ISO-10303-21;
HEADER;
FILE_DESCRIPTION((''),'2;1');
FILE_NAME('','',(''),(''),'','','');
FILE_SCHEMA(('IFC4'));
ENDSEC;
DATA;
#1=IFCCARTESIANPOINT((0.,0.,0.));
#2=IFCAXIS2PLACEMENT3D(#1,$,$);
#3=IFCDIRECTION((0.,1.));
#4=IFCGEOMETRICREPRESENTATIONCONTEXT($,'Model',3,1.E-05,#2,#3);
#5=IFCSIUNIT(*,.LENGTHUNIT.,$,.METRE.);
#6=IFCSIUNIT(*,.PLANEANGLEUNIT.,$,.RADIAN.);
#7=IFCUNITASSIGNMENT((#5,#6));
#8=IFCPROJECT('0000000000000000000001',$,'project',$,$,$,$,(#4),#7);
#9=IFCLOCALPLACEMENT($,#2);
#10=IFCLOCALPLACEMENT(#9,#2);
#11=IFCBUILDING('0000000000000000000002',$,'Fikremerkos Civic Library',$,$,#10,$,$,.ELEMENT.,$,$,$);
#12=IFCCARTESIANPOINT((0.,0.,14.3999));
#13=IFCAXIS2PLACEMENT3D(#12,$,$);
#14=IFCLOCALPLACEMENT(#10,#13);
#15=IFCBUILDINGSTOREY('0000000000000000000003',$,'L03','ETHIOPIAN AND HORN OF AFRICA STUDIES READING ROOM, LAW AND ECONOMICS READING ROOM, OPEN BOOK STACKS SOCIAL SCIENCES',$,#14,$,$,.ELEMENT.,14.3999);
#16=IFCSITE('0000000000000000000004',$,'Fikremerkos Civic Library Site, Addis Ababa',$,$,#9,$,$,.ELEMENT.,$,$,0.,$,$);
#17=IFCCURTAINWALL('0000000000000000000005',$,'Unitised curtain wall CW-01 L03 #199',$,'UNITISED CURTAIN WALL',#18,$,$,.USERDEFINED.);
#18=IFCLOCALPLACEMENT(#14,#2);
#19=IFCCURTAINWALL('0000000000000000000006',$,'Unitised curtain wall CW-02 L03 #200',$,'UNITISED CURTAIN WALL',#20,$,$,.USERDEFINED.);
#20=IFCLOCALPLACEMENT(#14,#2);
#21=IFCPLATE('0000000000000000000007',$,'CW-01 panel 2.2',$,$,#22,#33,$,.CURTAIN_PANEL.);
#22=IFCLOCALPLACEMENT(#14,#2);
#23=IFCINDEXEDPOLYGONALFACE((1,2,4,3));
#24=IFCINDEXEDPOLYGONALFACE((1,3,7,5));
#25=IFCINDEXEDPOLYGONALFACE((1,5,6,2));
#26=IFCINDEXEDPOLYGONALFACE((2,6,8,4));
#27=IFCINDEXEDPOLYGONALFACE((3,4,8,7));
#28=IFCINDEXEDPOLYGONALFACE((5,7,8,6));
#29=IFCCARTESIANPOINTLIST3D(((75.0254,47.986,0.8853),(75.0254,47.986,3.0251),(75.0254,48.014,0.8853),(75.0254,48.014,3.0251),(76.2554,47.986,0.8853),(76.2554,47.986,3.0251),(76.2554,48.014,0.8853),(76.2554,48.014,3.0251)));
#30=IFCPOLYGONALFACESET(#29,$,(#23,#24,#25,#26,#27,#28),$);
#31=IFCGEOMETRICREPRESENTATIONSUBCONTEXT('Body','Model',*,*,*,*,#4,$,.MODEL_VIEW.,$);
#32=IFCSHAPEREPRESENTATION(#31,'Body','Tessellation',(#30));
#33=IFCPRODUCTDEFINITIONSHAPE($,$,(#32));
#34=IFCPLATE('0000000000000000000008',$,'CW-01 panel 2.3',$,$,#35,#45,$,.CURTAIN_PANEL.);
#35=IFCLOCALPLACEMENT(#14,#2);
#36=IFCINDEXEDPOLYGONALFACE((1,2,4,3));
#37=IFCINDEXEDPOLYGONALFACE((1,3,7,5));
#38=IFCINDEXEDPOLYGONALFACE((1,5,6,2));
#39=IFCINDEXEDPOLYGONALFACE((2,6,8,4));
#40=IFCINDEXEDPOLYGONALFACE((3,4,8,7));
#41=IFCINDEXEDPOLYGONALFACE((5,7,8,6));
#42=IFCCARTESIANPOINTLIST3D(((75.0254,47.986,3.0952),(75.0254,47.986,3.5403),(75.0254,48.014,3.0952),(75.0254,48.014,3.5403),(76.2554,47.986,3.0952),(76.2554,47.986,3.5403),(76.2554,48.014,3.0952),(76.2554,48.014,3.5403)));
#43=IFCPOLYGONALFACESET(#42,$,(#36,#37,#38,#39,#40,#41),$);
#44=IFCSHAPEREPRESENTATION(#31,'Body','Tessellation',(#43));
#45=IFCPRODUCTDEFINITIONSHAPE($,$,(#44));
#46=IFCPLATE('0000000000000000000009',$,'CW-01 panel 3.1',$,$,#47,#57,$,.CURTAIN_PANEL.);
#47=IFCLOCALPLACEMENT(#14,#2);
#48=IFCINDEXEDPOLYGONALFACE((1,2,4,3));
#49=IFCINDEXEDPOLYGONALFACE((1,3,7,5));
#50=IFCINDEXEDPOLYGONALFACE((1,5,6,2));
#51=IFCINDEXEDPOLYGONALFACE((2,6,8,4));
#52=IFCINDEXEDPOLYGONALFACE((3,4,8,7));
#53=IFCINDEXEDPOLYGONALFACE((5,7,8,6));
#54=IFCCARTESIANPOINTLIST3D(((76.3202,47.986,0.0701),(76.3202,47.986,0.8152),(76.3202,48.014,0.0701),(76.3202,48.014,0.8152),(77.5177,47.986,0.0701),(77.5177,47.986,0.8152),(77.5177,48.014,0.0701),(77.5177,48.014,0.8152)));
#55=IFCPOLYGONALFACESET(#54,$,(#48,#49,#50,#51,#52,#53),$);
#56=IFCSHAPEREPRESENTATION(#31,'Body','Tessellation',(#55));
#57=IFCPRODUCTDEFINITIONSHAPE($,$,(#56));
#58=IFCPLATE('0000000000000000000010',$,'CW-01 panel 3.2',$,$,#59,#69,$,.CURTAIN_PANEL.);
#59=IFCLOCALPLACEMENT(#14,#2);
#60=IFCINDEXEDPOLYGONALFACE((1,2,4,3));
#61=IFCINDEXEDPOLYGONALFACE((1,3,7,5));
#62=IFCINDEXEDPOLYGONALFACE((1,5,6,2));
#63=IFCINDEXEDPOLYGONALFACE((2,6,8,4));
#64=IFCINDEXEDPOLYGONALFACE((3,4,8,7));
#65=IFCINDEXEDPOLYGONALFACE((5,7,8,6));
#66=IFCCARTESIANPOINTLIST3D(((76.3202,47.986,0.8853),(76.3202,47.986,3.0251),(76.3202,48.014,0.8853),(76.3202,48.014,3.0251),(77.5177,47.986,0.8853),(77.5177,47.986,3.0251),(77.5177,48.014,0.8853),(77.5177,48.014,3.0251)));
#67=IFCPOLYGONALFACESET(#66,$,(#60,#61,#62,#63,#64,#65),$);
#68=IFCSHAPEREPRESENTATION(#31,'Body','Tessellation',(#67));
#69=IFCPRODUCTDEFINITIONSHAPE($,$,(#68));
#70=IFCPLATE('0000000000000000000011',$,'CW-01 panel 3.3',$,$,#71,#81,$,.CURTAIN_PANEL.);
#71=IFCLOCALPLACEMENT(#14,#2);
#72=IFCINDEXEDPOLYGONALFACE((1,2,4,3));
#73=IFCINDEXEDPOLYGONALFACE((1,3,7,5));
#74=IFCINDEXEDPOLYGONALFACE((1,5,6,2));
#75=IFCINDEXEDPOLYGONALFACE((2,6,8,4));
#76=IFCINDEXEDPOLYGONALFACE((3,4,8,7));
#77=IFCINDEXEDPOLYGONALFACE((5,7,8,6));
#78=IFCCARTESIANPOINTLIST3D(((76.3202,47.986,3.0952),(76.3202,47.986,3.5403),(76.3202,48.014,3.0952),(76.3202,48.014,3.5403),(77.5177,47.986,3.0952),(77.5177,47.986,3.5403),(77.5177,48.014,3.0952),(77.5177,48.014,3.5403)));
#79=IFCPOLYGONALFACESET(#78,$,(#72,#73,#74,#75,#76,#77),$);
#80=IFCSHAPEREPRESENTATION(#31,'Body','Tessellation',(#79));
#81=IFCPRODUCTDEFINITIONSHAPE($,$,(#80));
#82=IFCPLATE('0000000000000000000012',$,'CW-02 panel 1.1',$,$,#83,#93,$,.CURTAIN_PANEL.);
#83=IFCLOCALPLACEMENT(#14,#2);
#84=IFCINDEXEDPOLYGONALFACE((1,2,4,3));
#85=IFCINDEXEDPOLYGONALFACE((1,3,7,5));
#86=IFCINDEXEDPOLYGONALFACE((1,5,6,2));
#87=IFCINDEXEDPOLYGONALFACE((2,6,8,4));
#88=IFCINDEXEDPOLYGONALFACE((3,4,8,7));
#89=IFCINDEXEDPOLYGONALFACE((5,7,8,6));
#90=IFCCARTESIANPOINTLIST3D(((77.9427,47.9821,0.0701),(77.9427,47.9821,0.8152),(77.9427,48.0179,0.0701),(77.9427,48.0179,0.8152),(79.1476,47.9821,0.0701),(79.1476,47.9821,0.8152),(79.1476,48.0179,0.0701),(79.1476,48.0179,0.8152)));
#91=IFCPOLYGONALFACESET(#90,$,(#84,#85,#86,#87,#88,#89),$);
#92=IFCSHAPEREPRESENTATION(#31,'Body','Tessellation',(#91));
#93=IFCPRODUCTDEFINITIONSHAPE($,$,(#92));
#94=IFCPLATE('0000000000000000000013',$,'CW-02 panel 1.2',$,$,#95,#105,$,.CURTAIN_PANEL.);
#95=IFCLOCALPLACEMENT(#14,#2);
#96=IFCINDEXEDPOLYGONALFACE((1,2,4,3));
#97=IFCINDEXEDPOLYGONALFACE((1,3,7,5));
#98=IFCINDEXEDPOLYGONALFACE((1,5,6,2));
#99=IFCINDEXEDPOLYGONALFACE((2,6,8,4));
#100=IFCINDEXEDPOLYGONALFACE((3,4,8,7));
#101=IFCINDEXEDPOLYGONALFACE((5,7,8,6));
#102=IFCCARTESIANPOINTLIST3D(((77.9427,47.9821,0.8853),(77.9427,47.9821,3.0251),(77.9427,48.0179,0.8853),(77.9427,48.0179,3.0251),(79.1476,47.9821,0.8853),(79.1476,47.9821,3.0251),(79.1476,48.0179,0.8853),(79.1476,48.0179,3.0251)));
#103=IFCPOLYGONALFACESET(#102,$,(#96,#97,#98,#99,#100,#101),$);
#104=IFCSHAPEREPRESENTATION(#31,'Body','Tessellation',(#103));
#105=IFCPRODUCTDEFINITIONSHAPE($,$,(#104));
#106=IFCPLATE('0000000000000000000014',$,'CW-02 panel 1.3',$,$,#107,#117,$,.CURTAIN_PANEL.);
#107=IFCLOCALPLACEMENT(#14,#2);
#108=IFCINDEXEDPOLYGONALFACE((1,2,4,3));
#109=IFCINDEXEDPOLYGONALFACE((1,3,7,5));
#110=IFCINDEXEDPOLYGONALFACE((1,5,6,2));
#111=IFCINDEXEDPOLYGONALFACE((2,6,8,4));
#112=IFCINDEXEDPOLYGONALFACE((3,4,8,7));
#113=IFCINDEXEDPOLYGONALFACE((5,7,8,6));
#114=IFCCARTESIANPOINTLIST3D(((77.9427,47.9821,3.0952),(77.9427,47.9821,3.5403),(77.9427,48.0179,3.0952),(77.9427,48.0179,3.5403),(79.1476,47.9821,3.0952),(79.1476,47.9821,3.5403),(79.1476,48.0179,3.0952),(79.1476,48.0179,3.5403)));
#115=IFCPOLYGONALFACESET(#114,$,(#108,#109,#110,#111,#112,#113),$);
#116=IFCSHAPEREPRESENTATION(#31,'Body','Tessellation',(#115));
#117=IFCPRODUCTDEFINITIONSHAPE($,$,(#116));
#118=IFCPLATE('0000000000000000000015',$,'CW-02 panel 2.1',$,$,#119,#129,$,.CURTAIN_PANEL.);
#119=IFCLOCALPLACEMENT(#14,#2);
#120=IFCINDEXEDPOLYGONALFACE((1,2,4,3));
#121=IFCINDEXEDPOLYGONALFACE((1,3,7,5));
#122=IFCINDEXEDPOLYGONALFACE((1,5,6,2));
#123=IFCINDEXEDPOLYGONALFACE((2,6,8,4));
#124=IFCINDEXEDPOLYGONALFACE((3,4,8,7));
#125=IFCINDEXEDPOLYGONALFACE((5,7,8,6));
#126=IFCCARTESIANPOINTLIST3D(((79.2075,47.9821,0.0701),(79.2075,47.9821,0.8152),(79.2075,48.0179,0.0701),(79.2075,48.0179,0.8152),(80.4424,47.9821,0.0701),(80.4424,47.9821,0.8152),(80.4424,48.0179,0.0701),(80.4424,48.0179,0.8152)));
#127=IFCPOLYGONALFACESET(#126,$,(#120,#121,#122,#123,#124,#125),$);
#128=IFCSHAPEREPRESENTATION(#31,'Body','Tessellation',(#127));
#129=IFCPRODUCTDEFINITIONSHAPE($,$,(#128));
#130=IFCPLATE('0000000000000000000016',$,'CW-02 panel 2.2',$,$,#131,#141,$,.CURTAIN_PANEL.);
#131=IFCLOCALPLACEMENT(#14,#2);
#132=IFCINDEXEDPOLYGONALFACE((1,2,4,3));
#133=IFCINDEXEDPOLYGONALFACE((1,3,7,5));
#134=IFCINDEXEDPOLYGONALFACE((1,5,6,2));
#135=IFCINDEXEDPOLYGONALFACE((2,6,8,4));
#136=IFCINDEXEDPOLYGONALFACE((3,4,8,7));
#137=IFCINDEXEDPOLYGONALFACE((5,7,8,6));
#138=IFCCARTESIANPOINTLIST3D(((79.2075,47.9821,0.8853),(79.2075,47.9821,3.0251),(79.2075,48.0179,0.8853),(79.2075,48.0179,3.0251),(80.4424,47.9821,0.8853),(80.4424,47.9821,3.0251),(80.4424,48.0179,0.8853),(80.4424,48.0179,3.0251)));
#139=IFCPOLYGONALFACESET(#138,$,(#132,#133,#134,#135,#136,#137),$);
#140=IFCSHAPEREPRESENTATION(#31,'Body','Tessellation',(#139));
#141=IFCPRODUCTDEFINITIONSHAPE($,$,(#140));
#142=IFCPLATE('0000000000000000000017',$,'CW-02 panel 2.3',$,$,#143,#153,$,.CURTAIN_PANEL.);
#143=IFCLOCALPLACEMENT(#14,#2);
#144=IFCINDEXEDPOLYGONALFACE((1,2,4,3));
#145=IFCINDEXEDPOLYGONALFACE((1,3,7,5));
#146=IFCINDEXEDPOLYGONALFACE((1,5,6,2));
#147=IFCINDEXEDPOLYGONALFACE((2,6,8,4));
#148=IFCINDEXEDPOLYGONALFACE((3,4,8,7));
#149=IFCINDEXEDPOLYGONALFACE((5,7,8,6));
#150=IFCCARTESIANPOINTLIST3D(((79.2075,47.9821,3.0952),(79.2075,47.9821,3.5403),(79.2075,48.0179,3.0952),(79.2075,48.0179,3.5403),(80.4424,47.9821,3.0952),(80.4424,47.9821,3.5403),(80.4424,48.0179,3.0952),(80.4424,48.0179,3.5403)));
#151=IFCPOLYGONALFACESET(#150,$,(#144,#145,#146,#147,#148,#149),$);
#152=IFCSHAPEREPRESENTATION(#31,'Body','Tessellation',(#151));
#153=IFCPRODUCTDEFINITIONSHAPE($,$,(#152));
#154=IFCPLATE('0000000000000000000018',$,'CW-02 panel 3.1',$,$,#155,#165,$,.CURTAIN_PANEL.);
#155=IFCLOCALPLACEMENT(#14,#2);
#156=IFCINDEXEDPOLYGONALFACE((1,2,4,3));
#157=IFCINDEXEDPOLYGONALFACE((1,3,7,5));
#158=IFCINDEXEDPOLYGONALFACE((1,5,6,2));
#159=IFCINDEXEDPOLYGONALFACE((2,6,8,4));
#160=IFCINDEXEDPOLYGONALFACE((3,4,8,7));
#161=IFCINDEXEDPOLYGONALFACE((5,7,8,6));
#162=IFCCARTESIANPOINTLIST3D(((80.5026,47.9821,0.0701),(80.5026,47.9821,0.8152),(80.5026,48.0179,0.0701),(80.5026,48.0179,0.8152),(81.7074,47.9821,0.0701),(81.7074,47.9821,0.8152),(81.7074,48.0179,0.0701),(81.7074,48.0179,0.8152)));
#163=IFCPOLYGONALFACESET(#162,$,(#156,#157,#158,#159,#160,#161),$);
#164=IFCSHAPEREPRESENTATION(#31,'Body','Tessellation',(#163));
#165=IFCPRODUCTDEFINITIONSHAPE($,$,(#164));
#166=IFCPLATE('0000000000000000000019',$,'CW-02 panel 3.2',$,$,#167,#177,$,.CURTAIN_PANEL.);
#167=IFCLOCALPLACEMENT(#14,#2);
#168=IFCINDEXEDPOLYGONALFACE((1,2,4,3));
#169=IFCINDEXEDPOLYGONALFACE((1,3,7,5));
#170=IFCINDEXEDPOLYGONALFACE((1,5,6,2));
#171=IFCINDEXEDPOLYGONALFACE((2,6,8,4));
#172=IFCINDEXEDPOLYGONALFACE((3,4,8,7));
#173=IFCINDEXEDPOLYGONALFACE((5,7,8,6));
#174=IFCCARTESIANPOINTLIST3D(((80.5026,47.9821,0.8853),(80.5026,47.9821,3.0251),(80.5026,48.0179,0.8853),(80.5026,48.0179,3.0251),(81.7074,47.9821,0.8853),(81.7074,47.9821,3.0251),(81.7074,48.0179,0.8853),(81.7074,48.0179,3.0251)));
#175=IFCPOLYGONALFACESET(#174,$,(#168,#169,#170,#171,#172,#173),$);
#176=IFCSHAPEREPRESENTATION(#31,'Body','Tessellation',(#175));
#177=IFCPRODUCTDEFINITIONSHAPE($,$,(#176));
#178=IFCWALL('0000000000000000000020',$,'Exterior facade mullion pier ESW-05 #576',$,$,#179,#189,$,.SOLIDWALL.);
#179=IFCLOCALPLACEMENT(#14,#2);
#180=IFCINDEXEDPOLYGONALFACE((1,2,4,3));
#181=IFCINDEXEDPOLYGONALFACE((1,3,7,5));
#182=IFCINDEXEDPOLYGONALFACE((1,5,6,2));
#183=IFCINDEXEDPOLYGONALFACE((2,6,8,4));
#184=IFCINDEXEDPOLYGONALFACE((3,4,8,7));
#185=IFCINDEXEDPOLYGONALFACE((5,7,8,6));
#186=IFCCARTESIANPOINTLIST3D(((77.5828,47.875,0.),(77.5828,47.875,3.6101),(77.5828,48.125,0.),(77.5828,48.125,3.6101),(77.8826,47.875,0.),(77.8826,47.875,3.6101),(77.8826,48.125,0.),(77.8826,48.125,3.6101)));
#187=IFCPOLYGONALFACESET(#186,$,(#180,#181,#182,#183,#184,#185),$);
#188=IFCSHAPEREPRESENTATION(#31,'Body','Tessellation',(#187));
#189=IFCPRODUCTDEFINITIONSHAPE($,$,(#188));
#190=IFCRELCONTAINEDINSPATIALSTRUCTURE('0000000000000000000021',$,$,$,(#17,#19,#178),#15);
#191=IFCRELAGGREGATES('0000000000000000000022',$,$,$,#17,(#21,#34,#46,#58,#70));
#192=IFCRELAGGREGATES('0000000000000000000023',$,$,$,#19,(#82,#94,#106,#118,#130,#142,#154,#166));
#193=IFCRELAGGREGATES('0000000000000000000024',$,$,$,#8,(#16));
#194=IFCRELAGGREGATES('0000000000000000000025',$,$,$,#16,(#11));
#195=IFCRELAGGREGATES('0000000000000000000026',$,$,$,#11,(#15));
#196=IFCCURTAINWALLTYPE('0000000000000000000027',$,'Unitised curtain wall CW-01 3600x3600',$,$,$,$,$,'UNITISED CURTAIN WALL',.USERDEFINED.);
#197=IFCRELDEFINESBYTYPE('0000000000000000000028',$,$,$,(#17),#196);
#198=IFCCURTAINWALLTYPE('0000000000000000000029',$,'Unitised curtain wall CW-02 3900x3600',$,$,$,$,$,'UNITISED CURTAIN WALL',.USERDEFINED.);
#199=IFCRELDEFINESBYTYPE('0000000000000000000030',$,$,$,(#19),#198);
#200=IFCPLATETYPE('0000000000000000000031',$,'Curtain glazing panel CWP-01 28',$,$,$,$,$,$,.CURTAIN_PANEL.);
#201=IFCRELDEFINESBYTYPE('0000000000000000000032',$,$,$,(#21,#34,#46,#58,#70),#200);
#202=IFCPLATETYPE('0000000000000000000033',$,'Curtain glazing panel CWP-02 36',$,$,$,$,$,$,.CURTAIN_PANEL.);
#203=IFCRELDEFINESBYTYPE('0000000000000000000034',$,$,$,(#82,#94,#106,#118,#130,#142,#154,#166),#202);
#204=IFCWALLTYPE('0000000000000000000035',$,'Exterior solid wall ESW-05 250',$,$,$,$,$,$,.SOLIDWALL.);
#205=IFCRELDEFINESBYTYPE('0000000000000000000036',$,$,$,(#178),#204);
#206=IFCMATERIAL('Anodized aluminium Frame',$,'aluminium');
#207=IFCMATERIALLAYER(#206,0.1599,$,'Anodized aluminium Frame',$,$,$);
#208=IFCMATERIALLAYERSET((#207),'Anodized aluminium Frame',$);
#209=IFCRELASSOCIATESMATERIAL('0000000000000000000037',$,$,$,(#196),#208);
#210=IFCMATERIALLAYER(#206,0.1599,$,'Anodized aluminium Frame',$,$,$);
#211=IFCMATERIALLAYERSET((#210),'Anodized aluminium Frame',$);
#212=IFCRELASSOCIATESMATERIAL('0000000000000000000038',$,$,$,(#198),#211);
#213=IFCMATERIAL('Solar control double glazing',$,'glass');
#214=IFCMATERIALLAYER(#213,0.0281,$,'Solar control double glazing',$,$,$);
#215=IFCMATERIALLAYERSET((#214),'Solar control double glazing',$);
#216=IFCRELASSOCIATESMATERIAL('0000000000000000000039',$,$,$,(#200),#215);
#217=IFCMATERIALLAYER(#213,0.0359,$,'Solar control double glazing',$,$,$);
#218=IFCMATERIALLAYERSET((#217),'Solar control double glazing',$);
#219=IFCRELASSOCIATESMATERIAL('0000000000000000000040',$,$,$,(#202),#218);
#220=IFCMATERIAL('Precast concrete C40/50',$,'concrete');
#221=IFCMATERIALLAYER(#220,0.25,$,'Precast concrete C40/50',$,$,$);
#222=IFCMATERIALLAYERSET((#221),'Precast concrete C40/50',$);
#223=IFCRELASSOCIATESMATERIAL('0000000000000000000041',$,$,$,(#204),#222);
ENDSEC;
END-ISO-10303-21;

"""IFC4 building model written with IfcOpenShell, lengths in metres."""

from ifc_helpers import new_model, si_unit, direction, frame, frame_2d, origin, origin_2d, place, context, subcontext, project, spatial, rectangle, extrude, material, layer, layer_set, type_object, element, aggregate, save


model = new_model("IFC4")

# Units and contexts
model_context = context("Model", 3, precision=1e-05, world=origin(), true_north=direction((0.0, 1.0)))
body_context = subcontext(model_context, "Body", "Model", "MODEL_VIEW")
ifc_project = project(units=[si_unit("LENGTHUNIT", "METRE"), si_unit("PLANEANGLEUNIT", "RADIAN")], contexts=[model_context])

# Site, building, storey
site_placement = place(None, origin())
site = spatial("IfcSite", under=ifc_project, at=site_placement, Name="Fikremerkos Civic Library Site, Addis Ababa", CompositionType="ELEMENT", RefElevation=0.0)
building_placement = place(site_placement, origin())
building = spatial("IfcBuilding", under=site, at=building_placement, Name="Fikremerkos Civic Library", CompositionType="ELEMENT")
storey_placement = place(building_placement, frame((0.0, 0.0, 14.3999)))
storey = spatial("IfcBuildingStorey", under=building, at=storey_placement, Name="L03", Description="ETHIOPIAN AND HORN OF AFRICA STUDIES READING ROOM, LAW AND ECONOMICS READING ROOM, OPEN BOOK STACKS SOCIAL SCIENCES", CompositionType="ELEMENT", Elevation=14.3999)

# Curtain walls
ifc_material_1 = material(Name="Anodized aluminium Frame", Category="aluminium")
ifc_layer_1 = layer(ifc_material_1, 0.1599, Name="Anodized aluminium Frame")
ifc_layer_set_1 = layer_set([ifc_layer_1], Name="Anodized aluminium Frame")
curtain_wall_type_1 = type_object("IfcCurtainWallType", Name="Unitised curtain wall CW-01 3600x3600", ElementType="UNITISED CURTAIN WALL", PredefinedType="USERDEFINED", material=ifc_layer_set_1)
curtain_wall_1_placement = place(storey_placement, origin())
curtain_wall_1 = element("IfcCurtainWall", 1, at=curtain_wall_1_placement, inside=storey, type_object=curtain_wall_type_1, Name="Unitised curtain wall CW-01 L03 #199", ObjectType="UNITISED CURTAIN WALL", PredefinedType="USERDEFINED")
ifc_layer_2 = layer(ifc_material_1, 0.1599, Name="Anodized aluminium Frame")
ifc_layer_set_2 = layer_set([ifc_layer_2], Name="Anodized aluminium Frame")
curtain_wall_type_2 = type_object("IfcCurtainWallType", Name="Unitised curtain wall CW-02 3900x3600", ElementType="UNITISED CURTAIN WALL", PredefinedType="USERDEFINED", material=ifc_layer_set_2)
curtain_wall_2_placement = place(storey_placement, origin())
curtain_wall_2 = element("IfcCurtainWall", 2, at=curtain_wall_2_placement, inside=storey, type_object=curtain_wall_type_2, Name="Unitised curtain wall CW-02 L03 #200", ObjectType="UNITISED CURTAIN WALL", PredefinedType="USERDEFINED")

# Plates
ifc_material_2 = material(Name="Solar control double glazing", Category="glass")
ifc_layer_3 = layer(ifc_material_2, 0.0281, Name="Solar control double glazing")
ifc_layer_set_3 = layer_set([ifc_layer_3], Name="Solar control double glazing")
plate_type_1 = type_object("IfcPlateType", Name="Curtain glazing panel CWP-01 28", PredefinedType="CURTAIN_PANEL", material=ifc_layer_set_3)
plate_1_placement = place(storey_placement, frame((75.6404, 48.0, 0.8853), z_axis=(0.0, 0.0, 1.0), x_axis=(1.0, 0.0, 0.0)))
plate_1 = element("IfcPlate", 3, at=plate_1_placement, type_object=plate_type_1, Name="CW-01 panel 2.2", PredefinedType="CURTAIN_PANEL", context=body_context, shape_type="SweptSolid", body=[
    extrude(rectangle(XDim=1.23, YDim=0.0281, at=origin_2d()), origin(), (0.0, 0.0, 1.0), 2.1399),
])
plate_2_placement = place(storey_placement, frame((75.6404, 48.0, 3.0952), z_axis=(0.0, 0.0, 1.0), x_axis=(1.0, 0.0, 0.0)))
plate_2 = element("IfcPlate", 4, at=plate_2_placement, type_object=plate_type_1, Name="CW-01 panel 2.3", PredefinedType="CURTAIN_PANEL", context=body_context, shape_type="SweptSolid", body=[
    extrude(rectangle(XDim=1.23, YDim=0.0281, at=origin_2d()), origin(), (0.0, 0.0, 1.0), 0.4451),
])
plate_3_placement = place(storey_placement, frame((76.9189, 48.0, 0.0701), z_axis=(0.0, 0.0, 1.0), x_axis=(1.0, 0.0, 0.0)))
plate_3 = element("IfcPlate", 5, at=plate_3_placement, type_object=plate_type_1, Name="CW-01 panel 3.1", PredefinedType="CURTAIN_PANEL", context=body_context, shape_type="SweptSolid", body=[
    extrude(rectangle(XDim=1.1975, YDim=0.0281, at=origin_2d()), origin(), (0.0, 0.0, 1.0), 0.7451),
])
plate_4_placement = place(storey_placement, frame((76.9189, 48.0, 0.8853), z_axis=(0.0, 0.0, 1.0), x_axis=(1.0, 0.0, 0.0)))
plate_4 = element("IfcPlate", 6, at=plate_4_placement, type_object=plate_type_1, Name="CW-01 panel 3.2", PredefinedType="CURTAIN_PANEL", context=body_context, shape_type="SweptSolid", body=[
    extrude(rectangle(XDim=1.1975, YDim=0.0281, at=origin_2d()), origin(), (0.0, 0.0, 1.0), 2.1399),
])
plate_5_placement = place(storey_placement, frame((76.9189, 48.0, 3.0952), z_axis=(0.0, 0.0, 1.0), x_axis=(1.0, 0.0, 0.0)))
plate_5 = element("IfcPlate", 7, at=plate_5_placement, type_object=plate_type_1, Name="CW-01 panel 3.3", PredefinedType="CURTAIN_PANEL", context=body_context, shape_type="SweptSolid", body=[
    extrude(rectangle(XDim=1.1975, YDim=0.0281, at=origin_2d()), origin(), (0.0, 0.0, 1.0), 0.4451),
])
aggregate(curtain_wall_1, [plate_1, plate_2, plate_3, plate_4, plate_5])
ifc_layer_4 = layer(ifc_material_2, 0.0359, Name="Solar control double glazing")
ifc_layer_set_4 = layer_set([ifc_layer_4], Name="Solar control double glazing")
plate_type_2 = type_object("IfcPlateType", Name="Curtain glazing panel CWP-02 36", PredefinedType="CURTAIN_PANEL", material=ifc_layer_set_4)
plate_6_placement = place(storey_placement, frame((78.5452, 48.0, 0.0701), z_axis=(0.0, 0.0, 1.0), x_axis=(1.0, 0.0, 0.0)))
plate_6 = element("IfcPlate", 8, at=plate_6_placement, type_object=plate_type_2, Name="CW-02 panel 1.1", PredefinedType="CURTAIN_PANEL", context=body_context, shape_type="SweptSolid", body=[
    extrude(rectangle(XDim=1.2048, YDim=0.0359, at=origin_2d()), origin(), (0.0, 0.0, 1.0), 0.7451),
])
plate_7_placement = place(storey_placement, frame((78.5452, 48.0, 0.8853), z_axis=(0.0, 0.0, 1.0), x_axis=(1.0, 0.0, 0.0)))
plate_7 = element("IfcPlate", 9, at=plate_7_placement, type_object=plate_type_2, Name="CW-02 panel 1.2", PredefinedType="CURTAIN_PANEL", context=body_context, shape_type="SweptSolid", body=[
    extrude(rectangle(XDim=1.2048, YDim=0.0359, at=origin_2d()), origin(), (0.0, 0.0, 1.0), 2.1399),
])
plate_8_placement = place(storey_placement, frame((78.5452, 48.0, 3.0952), z_axis=(0.0, 0.0, 1.0), x_axis=(1.0, 0.0, 0.0)))
plate_8 = element("IfcPlate", 10, at=plate_8_placement, type_object=plate_type_2, Name="CW-02 panel 1.3", PredefinedType="CURTAIN_PANEL", context=body_context, shape_type="SweptSolid", body=[
    extrude(rectangle(XDim=1.2048, YDim=0.0359, at=origin_2d()), origin(), (0.0, 0.0, 1.0), 0.4451),
])
plate_9_placement = place(storey_placement, frame((79.825, 48.0, 0.0701), z_axis=(0.0, 0.0, 1.0), x_axis=(1.0, 0.0, 0.0)))
plate_9 = element("IfcPlate", 11, at=plate_9_placement, type_object=plate_type_2, Name="CW-02 panel 2.1", PredefinedType="CURTAIN_PANEL", context=body_context, shape_type="SweptSolid", body=[
    extrude(rectangle(XDim=1.2349, YDim=0.0359, at=origin_2d()), origin(), (0.0, 0.0, 1.0), 0.7451),
])
plate_10_placement = place(storey_placement, frame((79.825, 48.0, 0.8853), z_axis=(0.0, 0.0, 1.0), x_axis=(1.0, 0.0, 0.0)))
plate_10 = element("IfcPlate", 12, at=plate_10_placement, type_object=plate_type_2, Name="CW-02 panel 2.2", PredefinedType="CURTAIN_PANEL", context=body_context, shape_type="SweptSolid", body=[
    extrude(rectangle(XDim=1.2349, YDim=0.0359, at=origin_2d()), origin(), (0.0, 0.0, 1.0), 2.1399),
])
plate_11_placement = place(storey_placement, frame((79.825, 48.0, 3.0952), z_axis=(0.0, 0.0, 1.0), x_axis=(1.0, 0.0, 0.0)))
plate_11 = element("IfcPlate", 13, at=plate_11_placement, type_object=plate_type_2, Name="CW-02 panel 2.3", PredefinedType="CURTAIN_PANEL", context=body_context, shape_type="SweptSolid", body=[
    extrude(rectangle(XDim=1.2349, YDim=0.0359, at=origin_2d()), origin(), (0.0, 0.0, 1.0), 0.4451),
])
plate_12_placement = place(storey_placement, frame((81.105, 48.0, 0.0701), z_axis=(0.0, 0.0, 1.0), x_axis=(1.0, 0.0, 0.0)))
plate_12 = element("IfcPlate", 14, at=plate_12_placement, type_object=plate_type_2, Name="CW-02 panel 3.1", PredefinedType="CURTAIN_PANEL", context=body_context, shape_type="SweptSolid", body=[
    extrude(rectangle(XDim=1.2048, YDim=0.0359, at=origin_2d()), origin(), (0.0, 0.0, 1.0), 0.7451),
])
plate_13_placement = place(storey_placement, frame((81.105, 48.0, 0.8853), z_axis=(0.0, 0.0, 1.0), x_axis=(1.0, 0.0, 0.0)))
plate_13 = element("IfcPlate", 15, at=plate_13_placement, type_object=plate_type_2, Name="CW-02 panel 3.2", PredefinedType="CURTAIN_PANEL", context=body_context, shape_type="SweptSolid", body=[
    extrude(rectangle(XDim=1.2048, YDim=0.0359, at=origin_2d()), origin(), (0.0, 0.0, 1.0), 2.1399),
])
aggregate(curtain_wall_2, [plate_6, plate_7, plate_8, plate_9, plate_10, plate_11, plate_12, plate_13])

# Wall
ifc_material_3 = material(Name="Precast concrete C40/50", Category="concrete")
ifc_layer_5 = layer(ifc_material_3, 0.25, Name="Precast concrete C40/50")
ifc_layer_set_5 = layer_set([ifc_layer_5], Name="Precast concrete C40/50")
wall_type = type_object("IfcWallType", Name="Exterior solid wall ESW-05 250", PredefinedType="SOLIDWALL", material=ifc_layer_set_5)
wall_placement = place(storey_placement, frame((77.5828, 48.0, 0.0), z_axis=(0.0, 0.0, 1.0), x_axis=(1.0, 0.0, 0.0)))
element("IfcWall", 16, at=wall_placement, inside=storey, type_object=wall_type, Name="Exterior facade mullion pier ESW-05 #576", PredefinedType="SOLIDWALL", context=body_context, shape_type="SweptSolid", body=[
    extrude(rectangle(XDim=0.2998, YDim=0.25, at=frame_2d((0.1499, 0.0))), origin(), (0.0, 0.0, 1.0), 3.6101),
])

save(model, "model.ifc")
